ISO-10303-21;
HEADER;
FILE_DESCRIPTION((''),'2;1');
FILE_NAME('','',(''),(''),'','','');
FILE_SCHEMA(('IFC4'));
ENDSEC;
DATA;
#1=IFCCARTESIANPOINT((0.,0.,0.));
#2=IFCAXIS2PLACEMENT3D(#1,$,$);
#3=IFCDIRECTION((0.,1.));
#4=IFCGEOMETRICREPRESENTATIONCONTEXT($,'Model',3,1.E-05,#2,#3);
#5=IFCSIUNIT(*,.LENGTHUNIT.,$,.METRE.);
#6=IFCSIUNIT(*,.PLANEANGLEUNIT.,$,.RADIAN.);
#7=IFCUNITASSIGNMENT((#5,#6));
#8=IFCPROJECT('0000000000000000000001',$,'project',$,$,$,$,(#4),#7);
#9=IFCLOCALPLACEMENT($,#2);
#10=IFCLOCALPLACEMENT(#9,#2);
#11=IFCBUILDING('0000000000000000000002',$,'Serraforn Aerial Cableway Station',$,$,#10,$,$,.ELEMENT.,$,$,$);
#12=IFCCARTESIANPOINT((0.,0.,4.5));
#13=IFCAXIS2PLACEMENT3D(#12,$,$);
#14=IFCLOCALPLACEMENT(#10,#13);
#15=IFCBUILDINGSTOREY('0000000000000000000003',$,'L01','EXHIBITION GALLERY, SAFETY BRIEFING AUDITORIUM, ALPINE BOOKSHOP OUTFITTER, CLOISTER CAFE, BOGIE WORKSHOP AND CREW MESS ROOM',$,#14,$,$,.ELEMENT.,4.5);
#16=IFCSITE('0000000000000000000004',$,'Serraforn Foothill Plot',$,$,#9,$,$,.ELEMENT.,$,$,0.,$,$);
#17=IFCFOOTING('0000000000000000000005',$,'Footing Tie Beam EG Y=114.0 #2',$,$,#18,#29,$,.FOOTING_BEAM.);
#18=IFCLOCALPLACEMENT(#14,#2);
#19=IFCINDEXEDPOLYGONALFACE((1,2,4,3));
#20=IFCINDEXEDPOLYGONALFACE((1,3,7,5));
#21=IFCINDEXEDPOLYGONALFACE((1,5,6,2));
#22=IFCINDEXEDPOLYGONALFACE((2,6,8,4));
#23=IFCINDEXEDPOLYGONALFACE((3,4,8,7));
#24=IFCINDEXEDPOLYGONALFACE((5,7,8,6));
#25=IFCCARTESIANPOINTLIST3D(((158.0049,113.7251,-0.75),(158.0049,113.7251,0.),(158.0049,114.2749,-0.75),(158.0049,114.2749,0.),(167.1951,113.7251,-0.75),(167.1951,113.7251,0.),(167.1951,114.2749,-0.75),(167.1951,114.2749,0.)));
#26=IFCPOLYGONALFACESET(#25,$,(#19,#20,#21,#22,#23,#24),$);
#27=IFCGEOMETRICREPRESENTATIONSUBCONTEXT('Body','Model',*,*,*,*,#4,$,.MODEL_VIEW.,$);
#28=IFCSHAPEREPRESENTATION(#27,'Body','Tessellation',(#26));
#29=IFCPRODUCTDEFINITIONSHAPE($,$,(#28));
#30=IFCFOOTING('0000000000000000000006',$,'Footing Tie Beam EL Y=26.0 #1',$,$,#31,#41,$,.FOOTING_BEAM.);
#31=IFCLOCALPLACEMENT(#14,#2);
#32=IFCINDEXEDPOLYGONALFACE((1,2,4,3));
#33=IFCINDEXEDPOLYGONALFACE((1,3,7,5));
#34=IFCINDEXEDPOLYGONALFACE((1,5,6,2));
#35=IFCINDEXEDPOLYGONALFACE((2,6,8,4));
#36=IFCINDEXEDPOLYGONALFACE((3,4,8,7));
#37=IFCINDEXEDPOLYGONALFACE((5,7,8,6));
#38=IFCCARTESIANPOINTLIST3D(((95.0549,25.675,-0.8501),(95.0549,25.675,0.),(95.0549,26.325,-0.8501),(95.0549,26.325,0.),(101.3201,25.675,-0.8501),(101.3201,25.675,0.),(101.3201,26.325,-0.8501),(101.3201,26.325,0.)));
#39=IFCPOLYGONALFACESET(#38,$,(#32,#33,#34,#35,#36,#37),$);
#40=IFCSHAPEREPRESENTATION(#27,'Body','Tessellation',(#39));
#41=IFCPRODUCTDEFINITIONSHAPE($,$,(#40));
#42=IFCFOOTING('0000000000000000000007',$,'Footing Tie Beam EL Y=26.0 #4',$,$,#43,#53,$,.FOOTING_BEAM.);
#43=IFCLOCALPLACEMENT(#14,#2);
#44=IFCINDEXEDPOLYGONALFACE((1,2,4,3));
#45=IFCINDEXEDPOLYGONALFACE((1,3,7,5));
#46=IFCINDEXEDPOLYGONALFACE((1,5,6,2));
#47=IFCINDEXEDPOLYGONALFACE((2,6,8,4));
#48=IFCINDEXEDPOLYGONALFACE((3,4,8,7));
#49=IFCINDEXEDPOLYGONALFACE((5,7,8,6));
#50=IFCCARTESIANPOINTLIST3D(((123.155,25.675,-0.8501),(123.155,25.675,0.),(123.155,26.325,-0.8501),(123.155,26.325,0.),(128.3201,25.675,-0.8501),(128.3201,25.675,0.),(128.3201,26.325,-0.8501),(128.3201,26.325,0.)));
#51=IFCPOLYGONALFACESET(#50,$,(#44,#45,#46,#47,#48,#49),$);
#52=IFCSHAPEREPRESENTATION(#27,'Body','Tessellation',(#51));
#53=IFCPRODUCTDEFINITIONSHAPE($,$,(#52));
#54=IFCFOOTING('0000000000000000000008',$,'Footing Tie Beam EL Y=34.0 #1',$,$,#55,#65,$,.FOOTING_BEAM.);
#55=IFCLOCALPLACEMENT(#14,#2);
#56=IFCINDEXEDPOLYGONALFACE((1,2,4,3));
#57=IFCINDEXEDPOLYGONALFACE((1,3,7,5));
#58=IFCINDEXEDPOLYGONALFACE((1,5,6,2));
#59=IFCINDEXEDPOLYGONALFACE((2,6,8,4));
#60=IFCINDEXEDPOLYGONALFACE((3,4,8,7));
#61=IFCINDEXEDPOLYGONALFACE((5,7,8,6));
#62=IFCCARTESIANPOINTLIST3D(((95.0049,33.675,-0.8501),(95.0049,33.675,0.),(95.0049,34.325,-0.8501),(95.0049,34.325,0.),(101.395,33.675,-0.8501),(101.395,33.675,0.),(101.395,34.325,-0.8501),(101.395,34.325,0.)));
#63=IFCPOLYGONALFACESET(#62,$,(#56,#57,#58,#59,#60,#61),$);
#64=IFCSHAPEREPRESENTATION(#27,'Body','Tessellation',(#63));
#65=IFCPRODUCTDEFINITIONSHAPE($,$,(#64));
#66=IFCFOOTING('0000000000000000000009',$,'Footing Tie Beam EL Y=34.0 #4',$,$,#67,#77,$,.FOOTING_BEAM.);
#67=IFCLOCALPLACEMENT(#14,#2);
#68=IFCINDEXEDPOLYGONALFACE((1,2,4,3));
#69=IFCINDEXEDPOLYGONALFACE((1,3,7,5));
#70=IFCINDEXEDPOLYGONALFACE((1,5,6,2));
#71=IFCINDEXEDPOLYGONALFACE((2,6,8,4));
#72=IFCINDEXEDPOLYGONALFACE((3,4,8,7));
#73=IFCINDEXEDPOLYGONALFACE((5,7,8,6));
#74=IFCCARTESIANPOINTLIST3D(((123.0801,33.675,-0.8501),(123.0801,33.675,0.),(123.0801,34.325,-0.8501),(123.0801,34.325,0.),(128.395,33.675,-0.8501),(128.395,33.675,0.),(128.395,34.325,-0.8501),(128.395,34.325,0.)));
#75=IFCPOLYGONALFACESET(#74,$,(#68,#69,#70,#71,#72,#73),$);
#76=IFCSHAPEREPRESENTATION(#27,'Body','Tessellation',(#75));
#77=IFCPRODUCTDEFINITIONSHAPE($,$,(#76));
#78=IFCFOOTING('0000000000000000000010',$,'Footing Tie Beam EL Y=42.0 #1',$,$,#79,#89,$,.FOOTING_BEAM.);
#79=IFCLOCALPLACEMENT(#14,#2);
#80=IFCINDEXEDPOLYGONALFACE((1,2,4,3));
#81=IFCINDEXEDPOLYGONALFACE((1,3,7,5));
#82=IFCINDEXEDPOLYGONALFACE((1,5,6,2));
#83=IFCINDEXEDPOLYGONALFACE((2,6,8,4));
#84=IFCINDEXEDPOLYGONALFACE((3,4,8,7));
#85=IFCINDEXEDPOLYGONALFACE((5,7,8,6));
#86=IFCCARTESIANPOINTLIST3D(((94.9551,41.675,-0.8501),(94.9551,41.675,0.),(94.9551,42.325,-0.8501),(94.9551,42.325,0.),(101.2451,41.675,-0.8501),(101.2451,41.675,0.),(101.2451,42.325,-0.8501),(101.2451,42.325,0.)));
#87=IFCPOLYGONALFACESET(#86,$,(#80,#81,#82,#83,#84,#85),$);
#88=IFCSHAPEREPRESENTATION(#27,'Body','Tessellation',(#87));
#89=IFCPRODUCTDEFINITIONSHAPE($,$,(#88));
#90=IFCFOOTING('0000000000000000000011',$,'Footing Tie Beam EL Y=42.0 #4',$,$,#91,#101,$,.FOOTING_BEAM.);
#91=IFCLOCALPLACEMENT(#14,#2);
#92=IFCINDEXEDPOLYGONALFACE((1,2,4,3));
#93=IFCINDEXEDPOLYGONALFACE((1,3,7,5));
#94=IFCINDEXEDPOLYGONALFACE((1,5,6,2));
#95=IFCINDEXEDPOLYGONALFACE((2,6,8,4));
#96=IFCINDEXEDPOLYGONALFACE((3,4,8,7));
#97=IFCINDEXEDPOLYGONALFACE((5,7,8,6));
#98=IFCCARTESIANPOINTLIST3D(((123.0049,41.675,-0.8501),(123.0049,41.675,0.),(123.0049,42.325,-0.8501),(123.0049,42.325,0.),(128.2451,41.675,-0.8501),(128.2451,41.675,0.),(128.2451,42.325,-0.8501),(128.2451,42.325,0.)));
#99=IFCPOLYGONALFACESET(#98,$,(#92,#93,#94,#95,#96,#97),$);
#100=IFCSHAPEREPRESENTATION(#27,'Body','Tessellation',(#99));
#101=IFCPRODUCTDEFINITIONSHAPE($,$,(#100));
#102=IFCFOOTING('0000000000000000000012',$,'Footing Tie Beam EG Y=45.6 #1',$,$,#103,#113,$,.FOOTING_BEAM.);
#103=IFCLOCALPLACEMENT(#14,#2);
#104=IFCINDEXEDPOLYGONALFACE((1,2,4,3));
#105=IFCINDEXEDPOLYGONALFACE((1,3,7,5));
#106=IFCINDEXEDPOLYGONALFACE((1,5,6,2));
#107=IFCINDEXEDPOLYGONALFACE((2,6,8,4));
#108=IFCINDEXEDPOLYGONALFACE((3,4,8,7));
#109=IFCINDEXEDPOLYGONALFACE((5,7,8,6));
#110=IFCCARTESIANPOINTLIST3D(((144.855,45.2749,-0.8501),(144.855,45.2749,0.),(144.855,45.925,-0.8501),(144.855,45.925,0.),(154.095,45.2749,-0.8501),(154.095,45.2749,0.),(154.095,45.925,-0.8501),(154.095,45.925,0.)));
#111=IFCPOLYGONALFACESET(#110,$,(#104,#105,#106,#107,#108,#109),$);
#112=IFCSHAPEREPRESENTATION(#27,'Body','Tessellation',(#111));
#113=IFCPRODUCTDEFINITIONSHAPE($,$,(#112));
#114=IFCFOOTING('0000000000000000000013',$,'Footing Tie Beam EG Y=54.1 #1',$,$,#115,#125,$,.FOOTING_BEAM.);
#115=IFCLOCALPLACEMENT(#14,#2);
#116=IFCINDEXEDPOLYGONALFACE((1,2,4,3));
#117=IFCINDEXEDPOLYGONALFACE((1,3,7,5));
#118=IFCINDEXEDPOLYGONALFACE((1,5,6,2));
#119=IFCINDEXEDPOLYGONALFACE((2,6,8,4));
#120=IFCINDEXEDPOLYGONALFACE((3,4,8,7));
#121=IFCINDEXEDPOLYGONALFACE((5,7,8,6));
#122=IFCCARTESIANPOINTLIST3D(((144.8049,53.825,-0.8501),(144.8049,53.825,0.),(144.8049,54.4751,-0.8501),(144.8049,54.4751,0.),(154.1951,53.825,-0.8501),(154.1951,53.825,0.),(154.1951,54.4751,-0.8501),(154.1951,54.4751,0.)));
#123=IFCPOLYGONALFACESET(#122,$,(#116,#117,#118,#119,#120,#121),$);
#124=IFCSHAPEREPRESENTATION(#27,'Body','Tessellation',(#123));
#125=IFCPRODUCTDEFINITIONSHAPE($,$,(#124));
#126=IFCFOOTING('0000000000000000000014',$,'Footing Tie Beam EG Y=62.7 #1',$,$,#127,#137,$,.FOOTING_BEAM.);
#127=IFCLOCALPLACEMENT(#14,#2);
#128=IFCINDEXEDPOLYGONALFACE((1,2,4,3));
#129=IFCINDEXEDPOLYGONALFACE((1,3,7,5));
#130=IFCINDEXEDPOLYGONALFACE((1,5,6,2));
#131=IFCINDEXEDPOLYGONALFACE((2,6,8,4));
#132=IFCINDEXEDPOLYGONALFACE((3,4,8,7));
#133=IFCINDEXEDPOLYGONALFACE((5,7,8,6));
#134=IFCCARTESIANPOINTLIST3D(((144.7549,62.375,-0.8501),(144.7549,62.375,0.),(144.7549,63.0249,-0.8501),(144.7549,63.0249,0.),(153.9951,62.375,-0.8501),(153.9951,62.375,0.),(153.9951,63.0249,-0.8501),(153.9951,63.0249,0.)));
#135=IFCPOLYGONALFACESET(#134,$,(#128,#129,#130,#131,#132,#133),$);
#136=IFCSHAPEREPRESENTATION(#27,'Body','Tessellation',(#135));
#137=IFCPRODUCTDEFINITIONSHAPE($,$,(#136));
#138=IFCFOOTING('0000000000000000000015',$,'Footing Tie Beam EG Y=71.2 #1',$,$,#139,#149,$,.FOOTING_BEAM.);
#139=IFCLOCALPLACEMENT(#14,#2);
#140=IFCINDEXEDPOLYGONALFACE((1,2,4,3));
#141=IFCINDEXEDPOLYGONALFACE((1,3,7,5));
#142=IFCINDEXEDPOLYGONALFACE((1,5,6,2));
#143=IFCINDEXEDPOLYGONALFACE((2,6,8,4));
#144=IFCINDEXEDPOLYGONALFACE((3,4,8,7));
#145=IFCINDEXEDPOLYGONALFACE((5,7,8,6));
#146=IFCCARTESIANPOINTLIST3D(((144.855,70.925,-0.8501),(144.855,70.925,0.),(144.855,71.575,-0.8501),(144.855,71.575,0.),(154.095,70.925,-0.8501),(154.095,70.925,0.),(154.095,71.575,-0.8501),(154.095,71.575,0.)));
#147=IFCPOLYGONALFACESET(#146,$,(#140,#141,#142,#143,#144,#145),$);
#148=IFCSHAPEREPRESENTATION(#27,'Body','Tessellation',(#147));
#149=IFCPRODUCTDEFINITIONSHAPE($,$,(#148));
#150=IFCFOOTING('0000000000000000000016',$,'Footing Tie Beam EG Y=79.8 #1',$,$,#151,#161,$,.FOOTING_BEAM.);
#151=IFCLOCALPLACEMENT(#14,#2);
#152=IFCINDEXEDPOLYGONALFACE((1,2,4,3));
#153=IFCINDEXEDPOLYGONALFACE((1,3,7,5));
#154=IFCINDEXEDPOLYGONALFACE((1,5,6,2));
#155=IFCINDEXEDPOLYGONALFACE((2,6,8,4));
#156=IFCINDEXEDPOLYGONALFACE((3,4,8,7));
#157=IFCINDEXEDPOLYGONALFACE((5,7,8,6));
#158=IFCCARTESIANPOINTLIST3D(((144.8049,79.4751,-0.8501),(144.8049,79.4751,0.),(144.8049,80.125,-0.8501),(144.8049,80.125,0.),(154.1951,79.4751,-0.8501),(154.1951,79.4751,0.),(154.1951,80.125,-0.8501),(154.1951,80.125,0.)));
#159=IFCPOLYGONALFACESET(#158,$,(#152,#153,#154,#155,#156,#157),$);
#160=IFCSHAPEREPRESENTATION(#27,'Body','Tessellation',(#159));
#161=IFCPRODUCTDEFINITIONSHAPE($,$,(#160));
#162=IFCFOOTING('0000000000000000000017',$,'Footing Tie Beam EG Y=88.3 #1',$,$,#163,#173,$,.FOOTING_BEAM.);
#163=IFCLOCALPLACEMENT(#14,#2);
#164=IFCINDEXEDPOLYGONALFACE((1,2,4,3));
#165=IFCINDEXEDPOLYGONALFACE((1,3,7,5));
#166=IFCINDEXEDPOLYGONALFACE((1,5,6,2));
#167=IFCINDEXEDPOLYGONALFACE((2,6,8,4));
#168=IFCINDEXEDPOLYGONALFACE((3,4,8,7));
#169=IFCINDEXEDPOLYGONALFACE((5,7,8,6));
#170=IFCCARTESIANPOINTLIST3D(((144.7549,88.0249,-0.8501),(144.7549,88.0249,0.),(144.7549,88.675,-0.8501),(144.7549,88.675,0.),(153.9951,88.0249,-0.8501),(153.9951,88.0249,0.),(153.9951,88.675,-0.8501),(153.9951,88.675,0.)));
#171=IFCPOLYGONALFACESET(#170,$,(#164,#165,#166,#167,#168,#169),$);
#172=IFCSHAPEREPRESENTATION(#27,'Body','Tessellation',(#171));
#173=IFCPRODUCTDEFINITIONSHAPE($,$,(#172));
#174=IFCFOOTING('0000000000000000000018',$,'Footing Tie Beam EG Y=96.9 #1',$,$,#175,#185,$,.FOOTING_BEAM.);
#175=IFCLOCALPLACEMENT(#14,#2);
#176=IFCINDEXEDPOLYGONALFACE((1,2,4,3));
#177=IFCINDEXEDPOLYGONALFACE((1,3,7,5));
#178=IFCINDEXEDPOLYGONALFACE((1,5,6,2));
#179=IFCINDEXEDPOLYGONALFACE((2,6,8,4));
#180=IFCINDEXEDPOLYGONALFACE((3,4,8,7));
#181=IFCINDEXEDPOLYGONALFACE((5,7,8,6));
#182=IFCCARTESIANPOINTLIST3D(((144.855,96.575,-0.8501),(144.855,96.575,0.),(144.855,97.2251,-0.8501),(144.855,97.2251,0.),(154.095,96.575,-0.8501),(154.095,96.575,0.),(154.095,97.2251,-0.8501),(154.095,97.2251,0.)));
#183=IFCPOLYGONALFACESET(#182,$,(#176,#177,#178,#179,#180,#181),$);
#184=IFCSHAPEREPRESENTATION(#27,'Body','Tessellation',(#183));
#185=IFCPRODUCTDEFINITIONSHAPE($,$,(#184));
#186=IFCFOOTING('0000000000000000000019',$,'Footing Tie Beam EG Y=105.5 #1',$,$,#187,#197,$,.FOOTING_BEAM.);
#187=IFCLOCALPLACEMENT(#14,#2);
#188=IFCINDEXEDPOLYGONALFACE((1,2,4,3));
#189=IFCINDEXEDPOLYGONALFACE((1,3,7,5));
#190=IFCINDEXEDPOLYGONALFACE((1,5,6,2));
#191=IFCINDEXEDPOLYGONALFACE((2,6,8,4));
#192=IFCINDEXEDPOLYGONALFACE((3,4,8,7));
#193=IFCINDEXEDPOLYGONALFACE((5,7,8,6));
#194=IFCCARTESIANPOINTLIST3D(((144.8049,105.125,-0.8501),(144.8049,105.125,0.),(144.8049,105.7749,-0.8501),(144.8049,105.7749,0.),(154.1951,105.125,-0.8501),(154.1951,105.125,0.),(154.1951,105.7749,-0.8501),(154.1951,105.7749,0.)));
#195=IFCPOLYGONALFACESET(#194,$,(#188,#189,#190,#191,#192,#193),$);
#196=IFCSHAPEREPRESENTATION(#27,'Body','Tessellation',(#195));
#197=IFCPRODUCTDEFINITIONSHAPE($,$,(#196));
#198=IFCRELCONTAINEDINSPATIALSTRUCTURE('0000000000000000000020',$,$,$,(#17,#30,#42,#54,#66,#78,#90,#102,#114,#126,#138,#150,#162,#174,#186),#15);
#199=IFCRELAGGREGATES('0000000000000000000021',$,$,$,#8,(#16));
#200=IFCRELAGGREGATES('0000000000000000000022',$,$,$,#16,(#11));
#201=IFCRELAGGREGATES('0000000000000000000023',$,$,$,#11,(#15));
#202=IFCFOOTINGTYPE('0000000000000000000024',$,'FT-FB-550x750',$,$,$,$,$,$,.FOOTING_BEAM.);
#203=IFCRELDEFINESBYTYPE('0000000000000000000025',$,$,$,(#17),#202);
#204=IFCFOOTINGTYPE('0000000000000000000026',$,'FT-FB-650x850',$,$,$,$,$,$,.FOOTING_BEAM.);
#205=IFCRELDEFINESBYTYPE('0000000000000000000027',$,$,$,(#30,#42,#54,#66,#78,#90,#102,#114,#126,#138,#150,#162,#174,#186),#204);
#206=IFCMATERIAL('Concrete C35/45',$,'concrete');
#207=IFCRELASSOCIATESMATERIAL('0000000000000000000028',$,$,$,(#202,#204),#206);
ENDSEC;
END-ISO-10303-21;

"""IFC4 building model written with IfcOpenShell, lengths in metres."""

from ifc_helpers import new_model, si_unit, direction, frame, origin, place, context, subcontext, project, spatial, polyline, outline, extrude, material, type_object, element, save


model = new_model("IFC4")

# Units and contexts
model_context = context("Model", 3, precision=1e-05, world=origin(), true_north=direction((0.0, 1.0)))
body_context = subcontext(model_context, "Body", "Model", "MODEL_VIEW")
ifc_project = project(units=[si_unit("LENGTHUNIT", "METRE"), si_unit("PLANEANGLEUNIT", "RADIAN")], contexts=[model_context])

# Site, building, storey
site_placement = place(None, origin())
site = spatial("IfcSite", under=ifc_project, at=site_placement, Name="Serraforn Foothill Plot", CompositionType="ELEMENT", RefElevation=0.0)
building_placement = place(site_placement, origin())
building = spatial("IfcBuilding", under=site, at=building_placement, Name="Serraforn Aerial Cableway Station", CompositionType="ELEMENT")
storey_placement = place(building_placement, frame((0.0, 0.0, 4.5)))
storey = spatial("IfcBuildingStorey", under=building, at=storey_placement, Name="L01", Description="EXHIBITION GALLERY, SAFETY BRIEFING AUDITORIUM, ALPINE BOOKSHOP OUTFITTER, CLOISTER CAFE, BOGIE WORKSHOP AND CREW MESS ROOM", CompositionType="ELEMENT", Elevation=4.5)

# Footings
ifc_material = material(Name="Concrete C35/45", Category="concrete")
footing_type_1 = type_object("IfcFootingType", Name="FT-FB-550x750", PredefinedType="FOOTING_BEAM", material=ifc_material)
footing_1_placement = place(storey_placement, frame((0.0, 0.0, -0.75)))
element("IfcFooting", 1, at=footing_1_placement, inside=storey, type_object=footing_type_1, Name="Footing Tie Beam EG Y=114.0 #2", PredefinedType="FOOTING_BEAM", context=body_context, shape_type="SweptSolid", body=[
    extrude(outline(polyline([(167.1951, 114.2749), (167.1951, 113.7251), (158.0049, 113.7251), (158.0049, 114.2749), (167.1951, 114.2749)])), origin(), (0.0, 0.0, 1.0), 0.75),
])
footing_type_2 = type_object("IfcFootingType", Name="FT-FB-650x850", PredefinedType="FOOTING_BEAM", material=ifc_material)
footing_2_placement = place(storey_placement, frame((0.0, 0.0, -0.8501)))
element("IfcFooting", 2, at=footing_2_placement, inside=storey, type_object=footing_type_2, Name="Footing Tie Beam EL Y=26.0 #1", PredefinedType="FOOTING_BEAM", context=body_context, shape_type="SweptSolid", body=[
    extrude(outline(polyline([(101.3201, 26.325), (101.3201, 25.675), (95.0549, 25.675), (95.0549, 26.325), (101.3201, 26.325)])), origin(), (0.0, 0.0, 1.0), 0.8501),
])
footing_3_placement = place(storey_placement, frame((0.0, 0.0, -0.8501)))
element("IfcFooting", 3, at=footing_3_placement, inside=storey, type_object=footing_type_2, Name="Footing Tie Beam EL Y=26.0 #4", PredefinedType="FOOTING_BEAM", context=body_context, shape_type="SweptSolid", body=[
    extrude(outline(polyline([(128.3201, 26.325), (128.3201, 25.675), (123.155, 25.675), (123.155, 26.325), (128.3201, 26.325)])), origin(), (0.0, 0.0, 1.0), 0.8501),
])
footing_4_placement = place(storey_placement, frame((0.0, 0.0, -0.8501)))
element("IfcFooting", 4, at=footing_4_placement, inside=storey, type_object=footing_type_2, Name="Footing Tie Beam EL Y=34.0 #1", PredefinedType="FOOTING_BEAM", context=body_context, shape_type="SweptSolid", body=[
    extrude(outline(polyline([(101.395, 34.325), (101.395, 33.675), (95.0049, 33.675), (95.0049, 34.325), (101.395, 34.325)])), origin(), (0.0, 0.0, 1.0), 0.8501),
])
footing_5_placement = place(storey_placement, frame((0.0, 0.0, -0.8501)))
element("IfcFooting", 5, at=footing_5_placement, inside=storey, type_object=footing_type_2, Name="Footing Tie Beam EL Y=34.0 #4", PredefinedType="FOOTING_BEAM", context=body_context, shape_type="SweptSolid", body=[
    extrude(outline(polyline([(128.395, 34.325), (128.395, 33.675), (123.0801, 33.675), (123.0801, 34.325), (128.395, 34.325)])), origin(), (0.0, 0.0, 1.0), 0.8501),
])
footing_6_placement = place(storey_placement, frame((0.0, 0.0, -0.8501)))
element("IfcFooting", 6, at=footing_6_placement, inside=storey, type_object=footing_type_2, Name="Footing Tie Beam EL Y=42.0 #1", PredefinedType="FOOTING_BEAM", context=body_context, shape_type="SweptSolid", body=[
    extrude(outline(polyline([(101.2451, 42.325), (101.2451, 41.675), (94.9551, 41.675), (94.9551, 42.325), (101.2451, 42.325)])), origin(), (0.0, 0.0, 1.0), 0.8501),
])
footing_7_placement = place(storey_placement, frame((0.0, 0.0, -0.8501)))
element("IfcFooting", 7, at=footing_7_placement, inside=storey, type_object=footing_type_2, Name="Footing Tie Beam EL Y=42.0 #4", PredefinedType="FOOTING_BEAM", context=body_context, shape_type="SweptSolid", body=[
    extrude(outline(polyline([(128.2451, 42.325), (128.2451, 41.675), (123.0049, 41.675), (123.0049, 42.325), (128.2451, 42.325)])), origin(), (0.0, 0.0, 1.0), 0.8501),
])
footing_8_placement = place(storey_placement, frame((0.0, 0.0, -0.8501)))
element("IfcFooting", 8, at=footing_8_placement, inside=storey, type_object=footing_type_2, Name="Footing Tie Beam EG Y=45.6 #1", PredefinedType="FOOTING_BEAM", context=body_context, shape_type="SweptSolid", body=[
    extrude(outline(polyline([(154.095, 45.925), (154.095, 45.2749), (144.855, 45.2749), (144.855, 45.925), (154.095, 45.925)])), origin(), (0.0, 0.0, 1.0), 0.8501),
])
footing_9_placement = place(storey_placement, frame((0.0, 0.0, -0.8501)))
element("IfcFooting", 9, at=footing_9_placement, inside=storey, type_object=footing_type_2, Name="Footing Tie Beam EG Y=54.1 #1", PredefinedType="FOOTING_BEAM", context=body_context, shape_type="SweptSolid", body=[
    extrude(outline(polyline([(154.1951, 54.4751), (154.1951, 53.825), (144.8049, 53.825), (144.8049, 54.4751), (154.1951, 54.4751)])), origin(), (0.0, 0.0, 1.0), 0.8501),
])
footing_10_placement = place(storey_placement, frame((0.0, 0.0, -0.8501)))
element("IfcFooting", 10, at=footing_10_placement, inside=storey, type_object=footing_type_2, Name="Footing Tie Beam EG Y=62.7 #1", PredefinedType="FOOTING_BEAM", context=body_context, shape_type="SweptSolid", body=[
    extrude(outline(polyline([(153.9951, 63.0249), (153.9951, 62.375), (144.7549, 62.375), (144.7549, 63.0249), (153.9951, 63.0249)])), origin(), (0.0, 0.0, 1.0), 0.8501),
])
footing_11_placement = place(storey_placement, frame((0.0, 0.0, -0.8501)))
element("IfcFooting", 11, at=footing_11_placement, inside=storey, type_object=footing_type_2, Name="Footing Tie Beam EG Y=71.2 #1", PredefinedType="FOOTING_BEAM", context=body_context, shape_type="SweptSolid", body=[
    extrude(outline(polyline([(154.095, 71.575), (154.095, 70.925), (144.855, 70.925), (144.855, 71.575), (154.095, 71.575)])), origin(), (0.0, 0.0, 1.0), 0.8501),
])
footing_12_placement = place(storey_placement, frame((0.0, 0.0, -0.8501)))
element("IfcFooting", 12, at=footing_12_placement, inside=storey, type_object=footing_type_2, Name="Footing Tie Beam EG Y=79.8 #1", PredefinedType="FOOTING_BEAM", context=body_context, shape_type="SweptSolid", body=[
    extrude(outline(polyline([(154.1951, 80.125), (154.1951, 79.4751), (144.8049, 79.4751), (144.8049, 80.125), (154.1951, 80.125)])), origin(), (0.0, 0.0, 1.0), 0.8501),
])
footing_13_placement = place(storey_placement, frame((0.0, 0.0, -0.8501)))
element("IfcFooting", 13, at=footing_13_placement, inside=storey, type_object=footing_type_2, Name="Footing Tie Beam EG Y=88.3 #1", PredefinedType="FOOTING_BEAM", context=body_context, shape_type="SweptSolid", body=[
    extrude(outline(polyline([(153.9951, 88.675), (153.9951, 88.0249), (144.7549, 88.0249), (144.7549, 88.675), (153.9951, 88.675)])), origin(), (0.0, 0.0, 1.0), 0.8501),
])
footing_14_placement = place(storey_placement, frame((0.0, 0.0, -0.8501)))
element("IfcFooting", 14, at=footing_14_placement, inside=storey, type_object=footing_type_2, Name="Footing Tie Beam EG Y=96.9 #1", PredefinedType="FOOTING_BEAM", context=body_context, shape_type="SweptSolid", body=[
    extrude(outline(polyline([(154.095, 97.2251), (154.095, 96.575), (144.855, 96.575), (144.855, 97.2251), (154.095, 97.2251)])), origin(), (0.0, 0.0, 1.0), 0.8501),
])
footing_15_placement = place(storey_placement, frame((0.0, 0.0, -0.8501)))
element("IfcFooting", 15, at=footing_15_placement, inside=storey, type_object=footing_type_2, Name="Footing Tie Beam EG Y=105.5 #1", PredefinedType="FOOTING_BEAM", context=body_context, shape_type="SweptSolid", body=[
    extrude(outline(polyline([(154.1951, 105.7749), (154.1951, 105.125), (144.8049, 105.125), (144.8049, 105.7749), (154.1951, 105.7749)])), origin(), (0.0, 0.0, 1.0), 0.8501),
])

save(model, "model.ifc")
